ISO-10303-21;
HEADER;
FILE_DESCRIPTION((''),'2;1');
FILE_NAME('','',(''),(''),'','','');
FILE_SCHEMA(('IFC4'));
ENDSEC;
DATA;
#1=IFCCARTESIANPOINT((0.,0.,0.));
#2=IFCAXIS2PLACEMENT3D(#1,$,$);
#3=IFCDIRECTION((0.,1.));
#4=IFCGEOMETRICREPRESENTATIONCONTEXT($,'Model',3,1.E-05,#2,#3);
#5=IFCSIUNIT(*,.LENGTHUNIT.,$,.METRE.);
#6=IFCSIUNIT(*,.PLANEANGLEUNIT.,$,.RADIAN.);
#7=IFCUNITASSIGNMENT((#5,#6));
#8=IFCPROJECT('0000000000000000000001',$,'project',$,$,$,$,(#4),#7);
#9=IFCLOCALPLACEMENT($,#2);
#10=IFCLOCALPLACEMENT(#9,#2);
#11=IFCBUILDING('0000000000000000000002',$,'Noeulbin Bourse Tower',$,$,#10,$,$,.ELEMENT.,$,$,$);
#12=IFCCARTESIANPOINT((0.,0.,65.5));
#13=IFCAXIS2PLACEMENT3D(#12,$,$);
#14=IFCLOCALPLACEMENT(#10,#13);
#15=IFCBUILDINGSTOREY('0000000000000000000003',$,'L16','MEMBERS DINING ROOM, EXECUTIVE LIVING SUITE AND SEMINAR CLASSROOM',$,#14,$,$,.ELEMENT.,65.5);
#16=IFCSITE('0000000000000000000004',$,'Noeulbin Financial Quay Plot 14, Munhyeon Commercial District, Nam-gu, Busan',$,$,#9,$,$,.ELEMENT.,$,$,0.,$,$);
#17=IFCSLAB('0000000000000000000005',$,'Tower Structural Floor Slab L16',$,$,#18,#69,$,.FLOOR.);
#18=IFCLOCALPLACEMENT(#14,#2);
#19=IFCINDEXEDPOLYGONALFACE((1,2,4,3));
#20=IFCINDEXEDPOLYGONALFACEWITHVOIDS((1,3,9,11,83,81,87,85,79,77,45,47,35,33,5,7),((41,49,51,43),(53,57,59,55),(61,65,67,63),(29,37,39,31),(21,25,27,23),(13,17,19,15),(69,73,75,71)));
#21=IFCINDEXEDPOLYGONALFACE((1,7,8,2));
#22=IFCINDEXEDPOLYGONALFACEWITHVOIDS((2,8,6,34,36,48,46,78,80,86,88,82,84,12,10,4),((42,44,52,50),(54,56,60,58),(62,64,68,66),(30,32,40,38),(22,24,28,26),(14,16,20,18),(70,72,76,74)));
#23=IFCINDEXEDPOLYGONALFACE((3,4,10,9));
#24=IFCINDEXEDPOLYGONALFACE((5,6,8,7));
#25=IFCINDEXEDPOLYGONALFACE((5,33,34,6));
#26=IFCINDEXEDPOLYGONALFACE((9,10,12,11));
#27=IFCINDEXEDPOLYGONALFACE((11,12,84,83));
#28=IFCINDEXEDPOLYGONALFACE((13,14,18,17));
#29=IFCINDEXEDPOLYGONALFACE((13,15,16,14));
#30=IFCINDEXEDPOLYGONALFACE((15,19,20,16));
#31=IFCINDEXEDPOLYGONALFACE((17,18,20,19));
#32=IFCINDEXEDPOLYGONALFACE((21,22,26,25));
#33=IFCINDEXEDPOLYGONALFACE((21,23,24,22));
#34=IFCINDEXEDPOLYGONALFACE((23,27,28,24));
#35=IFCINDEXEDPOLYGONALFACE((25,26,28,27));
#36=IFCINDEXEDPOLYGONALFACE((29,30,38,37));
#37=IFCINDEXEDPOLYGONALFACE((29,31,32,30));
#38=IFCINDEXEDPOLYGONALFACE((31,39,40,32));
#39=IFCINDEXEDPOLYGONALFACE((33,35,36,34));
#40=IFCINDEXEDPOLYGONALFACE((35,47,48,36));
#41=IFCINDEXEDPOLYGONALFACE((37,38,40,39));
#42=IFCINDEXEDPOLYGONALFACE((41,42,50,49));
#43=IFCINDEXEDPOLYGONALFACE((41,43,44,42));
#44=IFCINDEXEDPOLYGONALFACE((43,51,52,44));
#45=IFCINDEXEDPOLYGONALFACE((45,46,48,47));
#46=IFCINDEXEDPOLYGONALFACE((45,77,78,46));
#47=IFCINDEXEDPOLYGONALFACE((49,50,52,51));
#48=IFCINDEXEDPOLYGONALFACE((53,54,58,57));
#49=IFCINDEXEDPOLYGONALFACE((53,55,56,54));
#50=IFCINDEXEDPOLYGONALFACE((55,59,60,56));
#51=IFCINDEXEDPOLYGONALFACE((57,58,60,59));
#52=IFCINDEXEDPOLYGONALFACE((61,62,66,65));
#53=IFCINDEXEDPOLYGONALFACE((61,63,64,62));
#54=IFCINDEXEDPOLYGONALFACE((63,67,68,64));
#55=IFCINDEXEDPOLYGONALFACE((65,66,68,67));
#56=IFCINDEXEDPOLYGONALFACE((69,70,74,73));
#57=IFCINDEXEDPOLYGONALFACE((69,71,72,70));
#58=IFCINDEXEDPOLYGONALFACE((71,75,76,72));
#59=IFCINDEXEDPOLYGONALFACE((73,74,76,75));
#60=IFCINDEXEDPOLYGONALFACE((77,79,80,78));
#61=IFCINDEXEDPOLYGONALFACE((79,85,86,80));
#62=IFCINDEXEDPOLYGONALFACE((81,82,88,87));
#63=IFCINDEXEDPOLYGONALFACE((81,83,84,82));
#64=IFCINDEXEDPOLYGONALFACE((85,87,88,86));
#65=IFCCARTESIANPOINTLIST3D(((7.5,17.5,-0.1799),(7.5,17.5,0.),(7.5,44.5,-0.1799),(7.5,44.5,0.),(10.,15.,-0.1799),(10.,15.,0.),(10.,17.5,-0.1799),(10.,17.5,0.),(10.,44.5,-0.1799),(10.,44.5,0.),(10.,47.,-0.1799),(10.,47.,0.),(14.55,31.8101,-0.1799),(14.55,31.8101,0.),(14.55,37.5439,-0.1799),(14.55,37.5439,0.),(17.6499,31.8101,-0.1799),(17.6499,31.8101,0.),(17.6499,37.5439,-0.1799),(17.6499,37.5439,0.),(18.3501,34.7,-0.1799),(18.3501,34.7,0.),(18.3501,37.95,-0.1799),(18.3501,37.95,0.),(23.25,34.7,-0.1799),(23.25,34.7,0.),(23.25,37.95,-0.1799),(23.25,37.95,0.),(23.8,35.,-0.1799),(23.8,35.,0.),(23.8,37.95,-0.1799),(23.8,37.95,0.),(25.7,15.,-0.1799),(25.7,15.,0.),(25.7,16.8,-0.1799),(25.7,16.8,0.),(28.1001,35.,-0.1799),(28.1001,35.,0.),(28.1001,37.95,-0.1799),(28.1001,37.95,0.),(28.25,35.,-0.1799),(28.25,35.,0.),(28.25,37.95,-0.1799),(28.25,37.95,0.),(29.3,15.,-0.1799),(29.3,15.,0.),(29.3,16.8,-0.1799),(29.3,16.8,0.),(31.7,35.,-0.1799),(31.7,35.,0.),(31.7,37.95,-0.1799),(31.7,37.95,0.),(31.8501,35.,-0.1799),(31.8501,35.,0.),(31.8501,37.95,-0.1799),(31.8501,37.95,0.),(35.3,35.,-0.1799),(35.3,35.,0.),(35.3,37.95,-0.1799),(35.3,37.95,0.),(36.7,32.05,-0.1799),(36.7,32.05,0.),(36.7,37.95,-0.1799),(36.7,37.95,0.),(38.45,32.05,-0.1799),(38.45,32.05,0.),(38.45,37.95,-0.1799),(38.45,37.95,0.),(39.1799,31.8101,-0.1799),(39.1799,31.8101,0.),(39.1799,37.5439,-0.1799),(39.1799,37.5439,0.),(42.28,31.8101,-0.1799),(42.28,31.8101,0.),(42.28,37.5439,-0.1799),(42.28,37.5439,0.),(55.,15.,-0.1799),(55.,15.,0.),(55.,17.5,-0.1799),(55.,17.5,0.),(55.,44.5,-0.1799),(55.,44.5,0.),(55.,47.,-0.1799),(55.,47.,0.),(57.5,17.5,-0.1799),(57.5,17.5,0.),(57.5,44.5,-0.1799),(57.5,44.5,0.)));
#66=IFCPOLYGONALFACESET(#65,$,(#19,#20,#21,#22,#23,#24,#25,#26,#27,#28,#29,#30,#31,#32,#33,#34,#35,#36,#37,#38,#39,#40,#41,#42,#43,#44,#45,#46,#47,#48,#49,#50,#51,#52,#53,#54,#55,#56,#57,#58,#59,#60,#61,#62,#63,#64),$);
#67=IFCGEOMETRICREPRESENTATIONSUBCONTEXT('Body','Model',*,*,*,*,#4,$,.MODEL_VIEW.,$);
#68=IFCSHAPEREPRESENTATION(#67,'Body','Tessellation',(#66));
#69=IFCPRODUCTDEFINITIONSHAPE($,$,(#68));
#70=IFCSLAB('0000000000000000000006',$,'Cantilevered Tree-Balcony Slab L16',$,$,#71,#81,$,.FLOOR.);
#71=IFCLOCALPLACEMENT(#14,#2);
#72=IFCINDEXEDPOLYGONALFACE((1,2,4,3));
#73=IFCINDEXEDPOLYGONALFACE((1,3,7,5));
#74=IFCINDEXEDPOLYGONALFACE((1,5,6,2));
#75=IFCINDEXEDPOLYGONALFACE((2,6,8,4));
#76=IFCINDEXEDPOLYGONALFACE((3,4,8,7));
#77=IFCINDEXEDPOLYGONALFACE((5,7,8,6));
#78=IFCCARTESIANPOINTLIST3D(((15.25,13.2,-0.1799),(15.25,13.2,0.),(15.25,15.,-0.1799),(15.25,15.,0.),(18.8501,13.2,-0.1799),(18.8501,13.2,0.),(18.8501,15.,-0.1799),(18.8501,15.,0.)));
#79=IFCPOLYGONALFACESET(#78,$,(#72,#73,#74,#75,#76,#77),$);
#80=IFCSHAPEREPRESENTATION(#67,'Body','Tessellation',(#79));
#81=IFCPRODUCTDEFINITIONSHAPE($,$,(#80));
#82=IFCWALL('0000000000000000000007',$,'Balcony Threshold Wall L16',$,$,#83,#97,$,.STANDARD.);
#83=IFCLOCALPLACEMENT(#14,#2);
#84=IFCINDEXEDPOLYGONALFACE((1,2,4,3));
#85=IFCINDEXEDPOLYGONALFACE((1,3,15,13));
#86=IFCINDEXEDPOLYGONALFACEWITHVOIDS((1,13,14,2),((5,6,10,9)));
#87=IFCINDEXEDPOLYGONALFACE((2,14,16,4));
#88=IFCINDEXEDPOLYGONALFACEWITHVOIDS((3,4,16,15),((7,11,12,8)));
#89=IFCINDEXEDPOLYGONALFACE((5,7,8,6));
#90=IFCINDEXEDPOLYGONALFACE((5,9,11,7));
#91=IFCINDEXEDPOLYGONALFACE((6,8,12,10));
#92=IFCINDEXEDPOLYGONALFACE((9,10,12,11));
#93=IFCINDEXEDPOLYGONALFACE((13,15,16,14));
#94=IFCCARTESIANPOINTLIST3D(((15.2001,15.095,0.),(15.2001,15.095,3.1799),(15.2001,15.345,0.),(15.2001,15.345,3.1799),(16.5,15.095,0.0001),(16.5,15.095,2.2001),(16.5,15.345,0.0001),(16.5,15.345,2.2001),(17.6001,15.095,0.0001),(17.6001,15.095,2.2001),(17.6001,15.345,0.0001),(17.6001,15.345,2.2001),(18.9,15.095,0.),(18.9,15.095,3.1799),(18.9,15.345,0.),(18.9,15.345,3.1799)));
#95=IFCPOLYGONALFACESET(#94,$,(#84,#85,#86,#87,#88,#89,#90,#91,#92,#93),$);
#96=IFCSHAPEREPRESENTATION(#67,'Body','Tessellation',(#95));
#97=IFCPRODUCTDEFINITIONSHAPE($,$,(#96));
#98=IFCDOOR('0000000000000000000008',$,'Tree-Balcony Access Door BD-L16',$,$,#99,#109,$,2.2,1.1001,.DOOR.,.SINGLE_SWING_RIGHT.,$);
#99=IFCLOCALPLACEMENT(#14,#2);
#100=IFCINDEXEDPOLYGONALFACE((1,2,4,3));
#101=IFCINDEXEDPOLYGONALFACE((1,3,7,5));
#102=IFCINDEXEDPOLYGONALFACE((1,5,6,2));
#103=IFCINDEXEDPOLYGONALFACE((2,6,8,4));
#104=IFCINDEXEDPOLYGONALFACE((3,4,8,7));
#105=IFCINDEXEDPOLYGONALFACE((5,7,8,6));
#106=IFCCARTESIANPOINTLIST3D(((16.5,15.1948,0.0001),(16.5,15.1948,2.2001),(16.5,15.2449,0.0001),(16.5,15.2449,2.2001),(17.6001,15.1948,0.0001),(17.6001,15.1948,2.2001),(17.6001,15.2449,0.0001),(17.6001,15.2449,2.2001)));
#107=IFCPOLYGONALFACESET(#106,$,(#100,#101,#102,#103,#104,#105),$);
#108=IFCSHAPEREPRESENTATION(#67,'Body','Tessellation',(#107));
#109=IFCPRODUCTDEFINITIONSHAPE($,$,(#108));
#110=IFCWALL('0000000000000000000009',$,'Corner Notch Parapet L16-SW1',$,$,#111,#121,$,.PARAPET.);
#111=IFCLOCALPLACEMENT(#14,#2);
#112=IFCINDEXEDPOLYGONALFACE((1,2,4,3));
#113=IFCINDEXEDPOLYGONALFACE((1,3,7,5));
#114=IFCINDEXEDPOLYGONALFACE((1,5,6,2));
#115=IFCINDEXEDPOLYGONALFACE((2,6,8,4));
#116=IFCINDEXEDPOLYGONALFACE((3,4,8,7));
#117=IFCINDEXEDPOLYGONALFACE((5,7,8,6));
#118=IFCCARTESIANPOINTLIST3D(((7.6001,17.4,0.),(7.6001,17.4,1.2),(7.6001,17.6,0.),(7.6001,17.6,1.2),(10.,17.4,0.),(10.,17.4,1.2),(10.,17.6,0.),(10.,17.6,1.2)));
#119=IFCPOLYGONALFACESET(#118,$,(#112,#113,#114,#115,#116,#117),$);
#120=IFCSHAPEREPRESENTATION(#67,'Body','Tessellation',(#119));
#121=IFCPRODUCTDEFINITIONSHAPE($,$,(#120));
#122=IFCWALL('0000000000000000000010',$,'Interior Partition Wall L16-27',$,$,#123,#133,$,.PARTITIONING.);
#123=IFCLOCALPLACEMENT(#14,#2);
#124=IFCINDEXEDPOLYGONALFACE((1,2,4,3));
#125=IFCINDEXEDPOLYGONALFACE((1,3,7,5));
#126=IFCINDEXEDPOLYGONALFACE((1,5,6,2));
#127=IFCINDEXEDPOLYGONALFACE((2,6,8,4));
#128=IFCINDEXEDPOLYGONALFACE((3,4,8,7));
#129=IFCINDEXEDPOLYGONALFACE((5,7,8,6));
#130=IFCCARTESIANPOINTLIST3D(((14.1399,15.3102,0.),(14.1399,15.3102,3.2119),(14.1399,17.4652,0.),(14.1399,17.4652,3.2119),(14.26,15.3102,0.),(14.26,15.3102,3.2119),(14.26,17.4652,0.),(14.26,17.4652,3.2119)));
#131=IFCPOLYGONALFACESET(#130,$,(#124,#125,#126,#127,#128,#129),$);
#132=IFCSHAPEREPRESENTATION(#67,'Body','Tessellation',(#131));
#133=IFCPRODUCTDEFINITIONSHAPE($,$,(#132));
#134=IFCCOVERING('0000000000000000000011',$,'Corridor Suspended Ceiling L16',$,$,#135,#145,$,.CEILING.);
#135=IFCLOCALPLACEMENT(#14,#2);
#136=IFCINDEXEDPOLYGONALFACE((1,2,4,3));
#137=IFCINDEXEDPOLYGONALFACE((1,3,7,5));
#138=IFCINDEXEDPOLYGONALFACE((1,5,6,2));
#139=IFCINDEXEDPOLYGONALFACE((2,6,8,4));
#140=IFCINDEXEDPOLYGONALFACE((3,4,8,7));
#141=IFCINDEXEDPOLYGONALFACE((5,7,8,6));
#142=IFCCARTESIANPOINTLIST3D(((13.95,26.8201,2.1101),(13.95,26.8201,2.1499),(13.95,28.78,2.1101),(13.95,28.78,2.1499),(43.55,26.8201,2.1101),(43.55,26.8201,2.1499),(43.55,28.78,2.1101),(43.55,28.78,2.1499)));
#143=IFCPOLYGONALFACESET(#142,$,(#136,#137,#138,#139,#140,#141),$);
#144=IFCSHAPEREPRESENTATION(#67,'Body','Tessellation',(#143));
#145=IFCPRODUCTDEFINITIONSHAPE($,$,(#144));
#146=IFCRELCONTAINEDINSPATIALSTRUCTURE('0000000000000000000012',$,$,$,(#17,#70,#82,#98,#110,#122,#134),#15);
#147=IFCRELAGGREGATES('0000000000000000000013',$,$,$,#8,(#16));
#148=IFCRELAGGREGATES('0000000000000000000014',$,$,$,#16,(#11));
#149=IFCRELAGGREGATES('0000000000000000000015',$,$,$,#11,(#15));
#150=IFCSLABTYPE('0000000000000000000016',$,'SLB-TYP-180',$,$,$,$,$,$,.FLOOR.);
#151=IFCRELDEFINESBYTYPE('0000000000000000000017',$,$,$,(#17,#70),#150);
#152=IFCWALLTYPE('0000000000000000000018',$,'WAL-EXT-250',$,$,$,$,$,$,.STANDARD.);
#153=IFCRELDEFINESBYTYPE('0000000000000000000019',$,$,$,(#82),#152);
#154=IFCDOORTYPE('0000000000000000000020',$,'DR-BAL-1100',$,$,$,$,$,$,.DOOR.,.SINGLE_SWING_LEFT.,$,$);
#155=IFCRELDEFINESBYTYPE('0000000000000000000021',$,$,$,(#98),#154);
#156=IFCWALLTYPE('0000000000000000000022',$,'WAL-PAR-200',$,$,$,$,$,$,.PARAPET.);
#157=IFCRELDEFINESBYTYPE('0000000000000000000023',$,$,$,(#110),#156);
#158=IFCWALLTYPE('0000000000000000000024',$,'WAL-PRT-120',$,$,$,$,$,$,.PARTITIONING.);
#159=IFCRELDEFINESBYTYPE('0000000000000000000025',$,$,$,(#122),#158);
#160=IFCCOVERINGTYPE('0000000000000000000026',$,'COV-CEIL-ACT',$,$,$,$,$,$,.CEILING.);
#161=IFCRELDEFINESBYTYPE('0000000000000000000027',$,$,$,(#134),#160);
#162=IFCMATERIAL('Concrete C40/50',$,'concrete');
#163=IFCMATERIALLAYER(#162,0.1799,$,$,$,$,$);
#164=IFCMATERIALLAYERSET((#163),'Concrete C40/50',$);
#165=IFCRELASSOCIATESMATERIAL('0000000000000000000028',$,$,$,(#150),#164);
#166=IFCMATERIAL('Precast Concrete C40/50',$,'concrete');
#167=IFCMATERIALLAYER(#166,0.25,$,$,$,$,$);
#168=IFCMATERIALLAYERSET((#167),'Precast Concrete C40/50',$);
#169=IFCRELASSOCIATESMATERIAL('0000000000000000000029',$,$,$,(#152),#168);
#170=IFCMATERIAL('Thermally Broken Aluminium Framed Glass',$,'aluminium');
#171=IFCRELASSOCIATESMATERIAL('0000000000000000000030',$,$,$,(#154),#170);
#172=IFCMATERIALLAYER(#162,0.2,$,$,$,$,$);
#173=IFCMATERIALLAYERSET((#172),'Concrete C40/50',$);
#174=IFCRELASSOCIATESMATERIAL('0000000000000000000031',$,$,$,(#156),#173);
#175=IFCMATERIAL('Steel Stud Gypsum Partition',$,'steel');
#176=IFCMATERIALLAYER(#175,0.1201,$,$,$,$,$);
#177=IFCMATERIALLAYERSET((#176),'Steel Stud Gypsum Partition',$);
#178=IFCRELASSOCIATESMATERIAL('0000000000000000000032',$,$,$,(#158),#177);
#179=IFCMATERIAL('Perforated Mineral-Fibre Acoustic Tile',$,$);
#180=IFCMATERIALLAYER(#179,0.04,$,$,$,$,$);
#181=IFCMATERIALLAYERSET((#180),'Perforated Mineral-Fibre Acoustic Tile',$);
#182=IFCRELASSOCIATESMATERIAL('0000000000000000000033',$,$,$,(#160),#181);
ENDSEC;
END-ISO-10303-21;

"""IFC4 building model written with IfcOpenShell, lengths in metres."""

from ifc_helpers import new_model, si_unit, direction, frame, frame_2d, origin, place, context, subcontext, project, spatial, polyline, rectangle, outline, extrude, material, layer, layer_set, type_object, element, fill, save


model = new_model("IFC4")

# Units and contexts
model_context = context("Model", 3, precision=1e-05, world=origin(), true_north=direction((0.0, 1.0)))
body_context = subcontext(model_context, "Body", "Model", "MODEL_VIEW")
ifc_project = project(units=[si_unit("LENGTHUNIT", "METRE"), si_unit("PLANEANGLEUNIT", "RADIAN")], contexts=[model_context])

# Site, building, storey
site_placement = place(None, origin())
site = spatial("IfcSite", under=ifc_project, at=site_placement, Name="Noeulbin Financial Quay Plot 14, Munhyeon Commercial District, Nam-gu, Busan", CompositionType="ELEMENT", RefElevation=0.0)
building_placement = place(site_placement, origin())
building = spatial("IfcBuilding", under=site, at=building_placement, Name="Noeulbin Bourse Tower", CompositionType="ELEMENT")
storey_placement = place(building_placement, frame((0.0, 0.0, 65.5)))
storey = spatial("IfcBuildingStorey", under=building, at=storey_placement, Name="L16", Description="MEMBERS DINING ROOM, EXECUTIVE LIVING SUITE AND SEMINAR CLASSROOM", CompositionType="ELEMENT", Elevation=65.5)

# Shared definitions
ifc_material_1 = material(Name="Concrete C40/50", Category="concrete")

# Slab, openings
ifc_layer_1 = layer(ifc_material_1, 0.1799)
ifc_layer_set_1 = layer_set([ifc_layer_1], Name="Concrete C40/50")
slab_type_1 = type_object("IfcSlabType", Name="SLB-TYP-180", PredefinedType="FLOOR", material=ifc_layer_set_1)
slab_1_placement = place(storey_placement, frame((0.0, 0.0, -0.1799)))
slab_1 = element("IfcSlab", 1, at=slab_1_placement, inside=storey, type_object=slab_type_1, Name="Tower Structural Floor Slab L16", PredefinedType="FLOOR", context=body_context, shape_type="SweptSolid", body=[
    extrude(outline(polyline([(10.0, 15.0), (25.7, 15.0), (25.7, 16.8), (29.3, 16.8), (29.3, 15.0), (55.0, 15.0), (55.0, 17.5), (57.5, 17.5), (57.5, 44.5), (55.0, 44.5), (55.0, 47.0), (10.0, 47.0), (10.0, 44.5), (7.5, 44.5), (7.5, 17.5), (10.0, 17.5), (10.0, 15.0)]), holes=[polyline([(17.6499, 31.8101), (17.6499, 37.5439), (14.55, 37.5439), (14.55, 31.8101), (17.6499, 31.8101)]), polyline([(42.28, 31.8101), (42.28, 37.5439), (39.1799, 37.5439), (39.1799, 31.8101), (42.28, 31.8101)]), polyline([(18.3501, 34.7), (23.25, 34.7), (23.25, 37.95), (18.3501, 37.95), (18.3501, 34.7)]), polyline([(36.7, 32.05), (38.45, 32.05), (38.45, 37.95), (36.7, 37.95), (36.7, 32.05)]), polyline([(23.8, 35.0), (28.1001, 35.0), (28.1001, 37.95), (23.8, 37.95), (23.8, 35.0)]), polyline([(28.25, 35.0), (31.7, 35.0), (31.7, 37.95), (28.25, 37.95), (28.25, 35.0)]), polyline([(31.8501, 35.0), (35.3, 35.0), (35.3, 37.95), (31.8501, 37.95), (31.8501, 35.0)])]), origin(), (0.0, 0.0, 1.0), 0.1799),
])
opening_1_placement = place(slab_1_placement, frame((0.0, 0.0, -0.01)))
element("IfcOpeningElement", 2, at=opening_1_placement, cuts=slab_1, PredefinedType="OPENING", context=body_context, shape_type="SweptSolid", body=[
    extrude(outline(polyline([(17.6499, 31.8101), (17.6499, 37.5439), (14.55, 37.5439), (14.55, 31.8101), (17.6499, 31.8101)])), origin(), (0.0, 0.0, 1.0), 0.2),
])
opening_2_placement = place(slab_1_placement, frame((0.0, 0.0, -0.01)))
element("IfcOpeningElement", 3, at=opening_2_placement, cuts=slab_1, PredefinedType="OPENING", context=body_context, shape_type="SweptSolid", body=[
    extrude(outline(polyline([(42.28, 31.8101), (42.28, 37.5439), (39.1799, 37.5439), (39.1799, 31.8101), (42.28, 31.8101)])), origin(), (0.0, 0.0, 1.0), 0.2),
])
opening_3_placement = place(slab_1_placement, frame((0.0, 0.0, -0.01)))
element("IfcOpeningElement", 4, at=opening_3_placement, cuts=slab_1, PredefinedType="OPENING", context=body_context, shape_type="SweptSolid", body=[
    extrude(outline(polyline([(18.3501, 34.7), (23.25, 34.7), (23.25, 37.95), (18.3501, 37.95), (18.3501, 34.7)])), origin(), (0.0, 0.0, 1.0), 0.2),
])
opening_4_placement = place(slab_1_placement, frame((0.0, 0.0, -0.01)))
element("IfcOpeningElement", 5, at=opening_4_placement, cuts=slab_1, PredefinedType="OPENING", context=body_context, shape_type="SweptSolid", body=[
    extrude(outline(polyline([(36.7, 32.05), (38.45, 32.05), (38.45, 37.95), (36.7, 37.95), (36.7, 32.05)])), origin(), (0.0, 0.0, 1.0), 0.2),
])
opening_5_placement = place(slab_1_placement, frame((0.0, 0.0, -0.01)))
element("IfcOpeningElement", 6, at=opening_5_placement, cuts=slab_1, PredefinedType="OPENING", context=body_context, shape_type="SweptSolid", body=[
    extrude(outline(polyline([(23.8, 35.0), (28.1001, 35.0), (28.1001, 37.95), (23.8, 37.95), (23.8, 35.0)])), origin(), (0.0, 0.0, 1.0), 0.2),
])
opening_6_placement = place(slab_1_placement, frame((0.0, 0.0, -0.01)))
element("IfcOpeningElement", 7, at=opening_6_placement, cuts=slab_1, PredefinedType="OPENING", context=body_context, shape_type="SweptSolid", body=[
    extrude(outline(polyline([(28.25, 35.0), (31.7, 35.0), (31.7, 37.95), (28.25, 37.95), (28.25, 35.0)])), origin(), (0.0, 0.0, 1.0), 0.2),
])
opening_7_placement = place(slab_1_placement, frame((0.0, 0.0, -0.01)))
element("IfcOpeningElement", 8, at=opening_7_placement, cuts=slab_1, PredefinedType="OPENING", context=body_context, shape_type="SweptSolid", body=[
    extrude(outline(polyline([(31.8501, 35.0), (35.3, 35.0), (35.3, 37.95), (31.8501, 37.95), (31.8501, 35.0)])), origin(), (0.0, 0.0, 1.0), 0.2),
])

# Slab
slab_2_placement = place(storey_placement, frame((0.0, 0.0, -0.1799)))
element("IfcSlab", 9, at=slab_2_placement, inside=storey, type_object=slab_type_1, Name="Cantilevered Tree-Balcony Slab L16", PredefinedType="FLOOR", context=body_context, shape_type="SweptSolid", body=[
    extrude(outline(polyline([(15.25, 13.2), (18.8501, 13.2), (18.8501, 15.0), (15.25, 15.0), (15.25, 13.2)])), origin(), (0.0, 0.0, 1.0), 0.1799),
])

# Wall, opening, door
ifc_material_2 = material(Name="Precast Concrete C40/50", Category="concrete")
ifc_layer_2 = layer(ifc_material_2, 0.25)
ifc_layer_set_2 = layer_set([ifc_layer_2], Name="Precast Concrete C40/50")
wall_type_1 = type_object("IfcWallType", Name="WAL-EXT-250", PredefinedType="STANDARD", material=ifc_layer_set_2)
wall_1_placement = place(storey_placement, frame((15.2, 15.22, 0.0), z_axis=(0.0, 0.0, 1.0), x_axis=(1.0, 0.0, 0.0)))
wall_1 = element("IfcWall", 10, at=wall_1_placement, inside=storey, type_object=wall_type_1, Name="Balcony Threshold Wall L16", PredefinedType="STANDARD", context=body_context, shape_type="SweptSolid", body=[
    extrude(rectangle(XDim=3.7, YDim=0.25, at=frame_2d((1.8501, 0.0))), origin(), (0.0, 0.0, 1.0), 3.1799),
])
opening_8_placement = place(wall_1_placement, frame((1.3, 0.0, 0.0)))
opening_8 = element("IfcOpeningElement", 11, at=opening_8_placement, cuts=wall_1, PredefinedType="OPENING", context=body_context, shape_type="SweptSolid", body=[
    extrude(rectangle(XDim=1.1001, YDim=2.2, at=frame_2d((0.55, 1.1001))), frame((0.0, 0.135, 0.0), z_axis=(0.0, -1.0, 0.0), x_axis=(1.0, 0.0, 0.0)), (0.0, 0.0, 1.0), 0.27),
])
ifc_material_3 = material(Name="Thermally Broken Aluminium Framed Glass", Category="aluminium")
door_type = type_object("IfcDoorType", Name="DR-BAL-1100", OperationType="SINGLE_SWING_LEFT", PredefinedType="DOOR", material=ifc_material_3)
door_placement = place(opening_8_placement, origin())
door = element("IfcDoor", 12, at=door_placement, inside=storey, type_object=door_type, Name="Tree-Balcony Access Door BD-L16", OperationType="SINGLE_SWING_RIGHT", OverallHeight=2.2, OverallWidth=1.1001, PredefinedType="DOOR", context=body_context, shape_type="SweptSolid", body=[
    extrude(rectangle(XDim=1.1001, YDim=2.2, at=frame_2d((0.55, 1.1001))), frame((0.0, 0.0249, 0.0), z_axis=(0.0, -1.0, 0.0), x_axis=(1.0, 0.0, 0.0)), (0.0, 0.0, 1.0), 0.05),
])
fill(opening_8, door)

# Walls
ifc_layer_3 = layer(ifc_material_1, 0.2)
ifc_layer_set_3 = layer_set([ifc_layer_3], Name="Concrete C40/50")
wall_type_2 = type_object("IfcWallType", Name="WAL-PAR-200", PredefinedType="PARAPET", material=ifc_layer_set_3)
wall_2_placement = place(storey_placement, frame((7.6001, 17.5, 0.0), z_axis=(0.0, 0.0, 1.0), x_axis=(1.0, 0.0, 0.0)))
element("IfcWall", 13, at=wall_2_placement, inside=storey, type_object=wall_type_2, Name="Corner Notch Parapet L16-SW1", PredefinedType="PARAPET", context=body_context, shape_type="SweptSolid", body=[
    extrude(rectangle(XDim=2.3999, YDim=0.2, at=frame_2d((1.2, 0.0))), origin(), (0.0, 0.0, 1.0), 1.2),
])
ifc_material_4 = material(Name="Steel Stud Gypsum Partition", Category="steel")
ifc_layer_4 = layer(ifc_material_4, 0.1201)
ifc_layer_set_4 = layer_set([ifc_layer_4], Name="Steel Stud Gypsum Partition")
wall_type_3 = type_object("IfcWallType", Name="WAL-PRT-120", PredefinedType="PARTITIONING", material=ifc_layer_set_4)
wall_3_placement = place(storey_placement, frame((14.2, 15.3101, 0.0), z_axis=(0.0, 0.0, 1.0), x_axis=(0.0, 1.0, 0.0)))
element("IfcWall", 14, at=wall_3_placement, inside=storey, type_object=wall_type_3, Name="Interior Partition Wall L16-27", PredefinedType="PARTITIONING", context=body_context, shape_type="SweptSolid", body=[
    extrude(rectangle(XDim=2.155, YDim=0.1201, at=frame_2d((1.0776, 0.0))), origin(), (0.0, 0.0, 1.0), 3.2119),
])

# Covering
ifc_material_5 = material(Name="Perforated Mineral-Fibre Acoustic Tile")
ifc_layer_5 = layer(ifc_material_5, 0.04)
ifc_layer_set_5 = layer_set([ifc_layer_5], Name="Perforated Mineral-Fibre Acoustic Tile")
covering_type = type_object("IfcCoveringType", Name="COV-CEIL-ACT", PredefinedType="CEILING", material=ifc_layer_set_5)
covering_1_placement = place(storey_placement, frame((0.0, 0.0, 2.1101)))
element("IfcCovering", 15, at=covering_1_placement, inside=storey, type_object=covering_type, Name="Corridor Suspended Ceiling L16", PredefinedType="CEILING", context=body_context, shape_type="SweptSolid", body=[
    extrude(outline(polyline([(13.95, 26.8201), (43.55, 26.8201), (43.55, 28.78), (13.95, 28.78), (13.95, 26.8201)])), origin(), (0.0, 0.0, 1.0), 0.0398),
])

save(model, "model.ifc")
